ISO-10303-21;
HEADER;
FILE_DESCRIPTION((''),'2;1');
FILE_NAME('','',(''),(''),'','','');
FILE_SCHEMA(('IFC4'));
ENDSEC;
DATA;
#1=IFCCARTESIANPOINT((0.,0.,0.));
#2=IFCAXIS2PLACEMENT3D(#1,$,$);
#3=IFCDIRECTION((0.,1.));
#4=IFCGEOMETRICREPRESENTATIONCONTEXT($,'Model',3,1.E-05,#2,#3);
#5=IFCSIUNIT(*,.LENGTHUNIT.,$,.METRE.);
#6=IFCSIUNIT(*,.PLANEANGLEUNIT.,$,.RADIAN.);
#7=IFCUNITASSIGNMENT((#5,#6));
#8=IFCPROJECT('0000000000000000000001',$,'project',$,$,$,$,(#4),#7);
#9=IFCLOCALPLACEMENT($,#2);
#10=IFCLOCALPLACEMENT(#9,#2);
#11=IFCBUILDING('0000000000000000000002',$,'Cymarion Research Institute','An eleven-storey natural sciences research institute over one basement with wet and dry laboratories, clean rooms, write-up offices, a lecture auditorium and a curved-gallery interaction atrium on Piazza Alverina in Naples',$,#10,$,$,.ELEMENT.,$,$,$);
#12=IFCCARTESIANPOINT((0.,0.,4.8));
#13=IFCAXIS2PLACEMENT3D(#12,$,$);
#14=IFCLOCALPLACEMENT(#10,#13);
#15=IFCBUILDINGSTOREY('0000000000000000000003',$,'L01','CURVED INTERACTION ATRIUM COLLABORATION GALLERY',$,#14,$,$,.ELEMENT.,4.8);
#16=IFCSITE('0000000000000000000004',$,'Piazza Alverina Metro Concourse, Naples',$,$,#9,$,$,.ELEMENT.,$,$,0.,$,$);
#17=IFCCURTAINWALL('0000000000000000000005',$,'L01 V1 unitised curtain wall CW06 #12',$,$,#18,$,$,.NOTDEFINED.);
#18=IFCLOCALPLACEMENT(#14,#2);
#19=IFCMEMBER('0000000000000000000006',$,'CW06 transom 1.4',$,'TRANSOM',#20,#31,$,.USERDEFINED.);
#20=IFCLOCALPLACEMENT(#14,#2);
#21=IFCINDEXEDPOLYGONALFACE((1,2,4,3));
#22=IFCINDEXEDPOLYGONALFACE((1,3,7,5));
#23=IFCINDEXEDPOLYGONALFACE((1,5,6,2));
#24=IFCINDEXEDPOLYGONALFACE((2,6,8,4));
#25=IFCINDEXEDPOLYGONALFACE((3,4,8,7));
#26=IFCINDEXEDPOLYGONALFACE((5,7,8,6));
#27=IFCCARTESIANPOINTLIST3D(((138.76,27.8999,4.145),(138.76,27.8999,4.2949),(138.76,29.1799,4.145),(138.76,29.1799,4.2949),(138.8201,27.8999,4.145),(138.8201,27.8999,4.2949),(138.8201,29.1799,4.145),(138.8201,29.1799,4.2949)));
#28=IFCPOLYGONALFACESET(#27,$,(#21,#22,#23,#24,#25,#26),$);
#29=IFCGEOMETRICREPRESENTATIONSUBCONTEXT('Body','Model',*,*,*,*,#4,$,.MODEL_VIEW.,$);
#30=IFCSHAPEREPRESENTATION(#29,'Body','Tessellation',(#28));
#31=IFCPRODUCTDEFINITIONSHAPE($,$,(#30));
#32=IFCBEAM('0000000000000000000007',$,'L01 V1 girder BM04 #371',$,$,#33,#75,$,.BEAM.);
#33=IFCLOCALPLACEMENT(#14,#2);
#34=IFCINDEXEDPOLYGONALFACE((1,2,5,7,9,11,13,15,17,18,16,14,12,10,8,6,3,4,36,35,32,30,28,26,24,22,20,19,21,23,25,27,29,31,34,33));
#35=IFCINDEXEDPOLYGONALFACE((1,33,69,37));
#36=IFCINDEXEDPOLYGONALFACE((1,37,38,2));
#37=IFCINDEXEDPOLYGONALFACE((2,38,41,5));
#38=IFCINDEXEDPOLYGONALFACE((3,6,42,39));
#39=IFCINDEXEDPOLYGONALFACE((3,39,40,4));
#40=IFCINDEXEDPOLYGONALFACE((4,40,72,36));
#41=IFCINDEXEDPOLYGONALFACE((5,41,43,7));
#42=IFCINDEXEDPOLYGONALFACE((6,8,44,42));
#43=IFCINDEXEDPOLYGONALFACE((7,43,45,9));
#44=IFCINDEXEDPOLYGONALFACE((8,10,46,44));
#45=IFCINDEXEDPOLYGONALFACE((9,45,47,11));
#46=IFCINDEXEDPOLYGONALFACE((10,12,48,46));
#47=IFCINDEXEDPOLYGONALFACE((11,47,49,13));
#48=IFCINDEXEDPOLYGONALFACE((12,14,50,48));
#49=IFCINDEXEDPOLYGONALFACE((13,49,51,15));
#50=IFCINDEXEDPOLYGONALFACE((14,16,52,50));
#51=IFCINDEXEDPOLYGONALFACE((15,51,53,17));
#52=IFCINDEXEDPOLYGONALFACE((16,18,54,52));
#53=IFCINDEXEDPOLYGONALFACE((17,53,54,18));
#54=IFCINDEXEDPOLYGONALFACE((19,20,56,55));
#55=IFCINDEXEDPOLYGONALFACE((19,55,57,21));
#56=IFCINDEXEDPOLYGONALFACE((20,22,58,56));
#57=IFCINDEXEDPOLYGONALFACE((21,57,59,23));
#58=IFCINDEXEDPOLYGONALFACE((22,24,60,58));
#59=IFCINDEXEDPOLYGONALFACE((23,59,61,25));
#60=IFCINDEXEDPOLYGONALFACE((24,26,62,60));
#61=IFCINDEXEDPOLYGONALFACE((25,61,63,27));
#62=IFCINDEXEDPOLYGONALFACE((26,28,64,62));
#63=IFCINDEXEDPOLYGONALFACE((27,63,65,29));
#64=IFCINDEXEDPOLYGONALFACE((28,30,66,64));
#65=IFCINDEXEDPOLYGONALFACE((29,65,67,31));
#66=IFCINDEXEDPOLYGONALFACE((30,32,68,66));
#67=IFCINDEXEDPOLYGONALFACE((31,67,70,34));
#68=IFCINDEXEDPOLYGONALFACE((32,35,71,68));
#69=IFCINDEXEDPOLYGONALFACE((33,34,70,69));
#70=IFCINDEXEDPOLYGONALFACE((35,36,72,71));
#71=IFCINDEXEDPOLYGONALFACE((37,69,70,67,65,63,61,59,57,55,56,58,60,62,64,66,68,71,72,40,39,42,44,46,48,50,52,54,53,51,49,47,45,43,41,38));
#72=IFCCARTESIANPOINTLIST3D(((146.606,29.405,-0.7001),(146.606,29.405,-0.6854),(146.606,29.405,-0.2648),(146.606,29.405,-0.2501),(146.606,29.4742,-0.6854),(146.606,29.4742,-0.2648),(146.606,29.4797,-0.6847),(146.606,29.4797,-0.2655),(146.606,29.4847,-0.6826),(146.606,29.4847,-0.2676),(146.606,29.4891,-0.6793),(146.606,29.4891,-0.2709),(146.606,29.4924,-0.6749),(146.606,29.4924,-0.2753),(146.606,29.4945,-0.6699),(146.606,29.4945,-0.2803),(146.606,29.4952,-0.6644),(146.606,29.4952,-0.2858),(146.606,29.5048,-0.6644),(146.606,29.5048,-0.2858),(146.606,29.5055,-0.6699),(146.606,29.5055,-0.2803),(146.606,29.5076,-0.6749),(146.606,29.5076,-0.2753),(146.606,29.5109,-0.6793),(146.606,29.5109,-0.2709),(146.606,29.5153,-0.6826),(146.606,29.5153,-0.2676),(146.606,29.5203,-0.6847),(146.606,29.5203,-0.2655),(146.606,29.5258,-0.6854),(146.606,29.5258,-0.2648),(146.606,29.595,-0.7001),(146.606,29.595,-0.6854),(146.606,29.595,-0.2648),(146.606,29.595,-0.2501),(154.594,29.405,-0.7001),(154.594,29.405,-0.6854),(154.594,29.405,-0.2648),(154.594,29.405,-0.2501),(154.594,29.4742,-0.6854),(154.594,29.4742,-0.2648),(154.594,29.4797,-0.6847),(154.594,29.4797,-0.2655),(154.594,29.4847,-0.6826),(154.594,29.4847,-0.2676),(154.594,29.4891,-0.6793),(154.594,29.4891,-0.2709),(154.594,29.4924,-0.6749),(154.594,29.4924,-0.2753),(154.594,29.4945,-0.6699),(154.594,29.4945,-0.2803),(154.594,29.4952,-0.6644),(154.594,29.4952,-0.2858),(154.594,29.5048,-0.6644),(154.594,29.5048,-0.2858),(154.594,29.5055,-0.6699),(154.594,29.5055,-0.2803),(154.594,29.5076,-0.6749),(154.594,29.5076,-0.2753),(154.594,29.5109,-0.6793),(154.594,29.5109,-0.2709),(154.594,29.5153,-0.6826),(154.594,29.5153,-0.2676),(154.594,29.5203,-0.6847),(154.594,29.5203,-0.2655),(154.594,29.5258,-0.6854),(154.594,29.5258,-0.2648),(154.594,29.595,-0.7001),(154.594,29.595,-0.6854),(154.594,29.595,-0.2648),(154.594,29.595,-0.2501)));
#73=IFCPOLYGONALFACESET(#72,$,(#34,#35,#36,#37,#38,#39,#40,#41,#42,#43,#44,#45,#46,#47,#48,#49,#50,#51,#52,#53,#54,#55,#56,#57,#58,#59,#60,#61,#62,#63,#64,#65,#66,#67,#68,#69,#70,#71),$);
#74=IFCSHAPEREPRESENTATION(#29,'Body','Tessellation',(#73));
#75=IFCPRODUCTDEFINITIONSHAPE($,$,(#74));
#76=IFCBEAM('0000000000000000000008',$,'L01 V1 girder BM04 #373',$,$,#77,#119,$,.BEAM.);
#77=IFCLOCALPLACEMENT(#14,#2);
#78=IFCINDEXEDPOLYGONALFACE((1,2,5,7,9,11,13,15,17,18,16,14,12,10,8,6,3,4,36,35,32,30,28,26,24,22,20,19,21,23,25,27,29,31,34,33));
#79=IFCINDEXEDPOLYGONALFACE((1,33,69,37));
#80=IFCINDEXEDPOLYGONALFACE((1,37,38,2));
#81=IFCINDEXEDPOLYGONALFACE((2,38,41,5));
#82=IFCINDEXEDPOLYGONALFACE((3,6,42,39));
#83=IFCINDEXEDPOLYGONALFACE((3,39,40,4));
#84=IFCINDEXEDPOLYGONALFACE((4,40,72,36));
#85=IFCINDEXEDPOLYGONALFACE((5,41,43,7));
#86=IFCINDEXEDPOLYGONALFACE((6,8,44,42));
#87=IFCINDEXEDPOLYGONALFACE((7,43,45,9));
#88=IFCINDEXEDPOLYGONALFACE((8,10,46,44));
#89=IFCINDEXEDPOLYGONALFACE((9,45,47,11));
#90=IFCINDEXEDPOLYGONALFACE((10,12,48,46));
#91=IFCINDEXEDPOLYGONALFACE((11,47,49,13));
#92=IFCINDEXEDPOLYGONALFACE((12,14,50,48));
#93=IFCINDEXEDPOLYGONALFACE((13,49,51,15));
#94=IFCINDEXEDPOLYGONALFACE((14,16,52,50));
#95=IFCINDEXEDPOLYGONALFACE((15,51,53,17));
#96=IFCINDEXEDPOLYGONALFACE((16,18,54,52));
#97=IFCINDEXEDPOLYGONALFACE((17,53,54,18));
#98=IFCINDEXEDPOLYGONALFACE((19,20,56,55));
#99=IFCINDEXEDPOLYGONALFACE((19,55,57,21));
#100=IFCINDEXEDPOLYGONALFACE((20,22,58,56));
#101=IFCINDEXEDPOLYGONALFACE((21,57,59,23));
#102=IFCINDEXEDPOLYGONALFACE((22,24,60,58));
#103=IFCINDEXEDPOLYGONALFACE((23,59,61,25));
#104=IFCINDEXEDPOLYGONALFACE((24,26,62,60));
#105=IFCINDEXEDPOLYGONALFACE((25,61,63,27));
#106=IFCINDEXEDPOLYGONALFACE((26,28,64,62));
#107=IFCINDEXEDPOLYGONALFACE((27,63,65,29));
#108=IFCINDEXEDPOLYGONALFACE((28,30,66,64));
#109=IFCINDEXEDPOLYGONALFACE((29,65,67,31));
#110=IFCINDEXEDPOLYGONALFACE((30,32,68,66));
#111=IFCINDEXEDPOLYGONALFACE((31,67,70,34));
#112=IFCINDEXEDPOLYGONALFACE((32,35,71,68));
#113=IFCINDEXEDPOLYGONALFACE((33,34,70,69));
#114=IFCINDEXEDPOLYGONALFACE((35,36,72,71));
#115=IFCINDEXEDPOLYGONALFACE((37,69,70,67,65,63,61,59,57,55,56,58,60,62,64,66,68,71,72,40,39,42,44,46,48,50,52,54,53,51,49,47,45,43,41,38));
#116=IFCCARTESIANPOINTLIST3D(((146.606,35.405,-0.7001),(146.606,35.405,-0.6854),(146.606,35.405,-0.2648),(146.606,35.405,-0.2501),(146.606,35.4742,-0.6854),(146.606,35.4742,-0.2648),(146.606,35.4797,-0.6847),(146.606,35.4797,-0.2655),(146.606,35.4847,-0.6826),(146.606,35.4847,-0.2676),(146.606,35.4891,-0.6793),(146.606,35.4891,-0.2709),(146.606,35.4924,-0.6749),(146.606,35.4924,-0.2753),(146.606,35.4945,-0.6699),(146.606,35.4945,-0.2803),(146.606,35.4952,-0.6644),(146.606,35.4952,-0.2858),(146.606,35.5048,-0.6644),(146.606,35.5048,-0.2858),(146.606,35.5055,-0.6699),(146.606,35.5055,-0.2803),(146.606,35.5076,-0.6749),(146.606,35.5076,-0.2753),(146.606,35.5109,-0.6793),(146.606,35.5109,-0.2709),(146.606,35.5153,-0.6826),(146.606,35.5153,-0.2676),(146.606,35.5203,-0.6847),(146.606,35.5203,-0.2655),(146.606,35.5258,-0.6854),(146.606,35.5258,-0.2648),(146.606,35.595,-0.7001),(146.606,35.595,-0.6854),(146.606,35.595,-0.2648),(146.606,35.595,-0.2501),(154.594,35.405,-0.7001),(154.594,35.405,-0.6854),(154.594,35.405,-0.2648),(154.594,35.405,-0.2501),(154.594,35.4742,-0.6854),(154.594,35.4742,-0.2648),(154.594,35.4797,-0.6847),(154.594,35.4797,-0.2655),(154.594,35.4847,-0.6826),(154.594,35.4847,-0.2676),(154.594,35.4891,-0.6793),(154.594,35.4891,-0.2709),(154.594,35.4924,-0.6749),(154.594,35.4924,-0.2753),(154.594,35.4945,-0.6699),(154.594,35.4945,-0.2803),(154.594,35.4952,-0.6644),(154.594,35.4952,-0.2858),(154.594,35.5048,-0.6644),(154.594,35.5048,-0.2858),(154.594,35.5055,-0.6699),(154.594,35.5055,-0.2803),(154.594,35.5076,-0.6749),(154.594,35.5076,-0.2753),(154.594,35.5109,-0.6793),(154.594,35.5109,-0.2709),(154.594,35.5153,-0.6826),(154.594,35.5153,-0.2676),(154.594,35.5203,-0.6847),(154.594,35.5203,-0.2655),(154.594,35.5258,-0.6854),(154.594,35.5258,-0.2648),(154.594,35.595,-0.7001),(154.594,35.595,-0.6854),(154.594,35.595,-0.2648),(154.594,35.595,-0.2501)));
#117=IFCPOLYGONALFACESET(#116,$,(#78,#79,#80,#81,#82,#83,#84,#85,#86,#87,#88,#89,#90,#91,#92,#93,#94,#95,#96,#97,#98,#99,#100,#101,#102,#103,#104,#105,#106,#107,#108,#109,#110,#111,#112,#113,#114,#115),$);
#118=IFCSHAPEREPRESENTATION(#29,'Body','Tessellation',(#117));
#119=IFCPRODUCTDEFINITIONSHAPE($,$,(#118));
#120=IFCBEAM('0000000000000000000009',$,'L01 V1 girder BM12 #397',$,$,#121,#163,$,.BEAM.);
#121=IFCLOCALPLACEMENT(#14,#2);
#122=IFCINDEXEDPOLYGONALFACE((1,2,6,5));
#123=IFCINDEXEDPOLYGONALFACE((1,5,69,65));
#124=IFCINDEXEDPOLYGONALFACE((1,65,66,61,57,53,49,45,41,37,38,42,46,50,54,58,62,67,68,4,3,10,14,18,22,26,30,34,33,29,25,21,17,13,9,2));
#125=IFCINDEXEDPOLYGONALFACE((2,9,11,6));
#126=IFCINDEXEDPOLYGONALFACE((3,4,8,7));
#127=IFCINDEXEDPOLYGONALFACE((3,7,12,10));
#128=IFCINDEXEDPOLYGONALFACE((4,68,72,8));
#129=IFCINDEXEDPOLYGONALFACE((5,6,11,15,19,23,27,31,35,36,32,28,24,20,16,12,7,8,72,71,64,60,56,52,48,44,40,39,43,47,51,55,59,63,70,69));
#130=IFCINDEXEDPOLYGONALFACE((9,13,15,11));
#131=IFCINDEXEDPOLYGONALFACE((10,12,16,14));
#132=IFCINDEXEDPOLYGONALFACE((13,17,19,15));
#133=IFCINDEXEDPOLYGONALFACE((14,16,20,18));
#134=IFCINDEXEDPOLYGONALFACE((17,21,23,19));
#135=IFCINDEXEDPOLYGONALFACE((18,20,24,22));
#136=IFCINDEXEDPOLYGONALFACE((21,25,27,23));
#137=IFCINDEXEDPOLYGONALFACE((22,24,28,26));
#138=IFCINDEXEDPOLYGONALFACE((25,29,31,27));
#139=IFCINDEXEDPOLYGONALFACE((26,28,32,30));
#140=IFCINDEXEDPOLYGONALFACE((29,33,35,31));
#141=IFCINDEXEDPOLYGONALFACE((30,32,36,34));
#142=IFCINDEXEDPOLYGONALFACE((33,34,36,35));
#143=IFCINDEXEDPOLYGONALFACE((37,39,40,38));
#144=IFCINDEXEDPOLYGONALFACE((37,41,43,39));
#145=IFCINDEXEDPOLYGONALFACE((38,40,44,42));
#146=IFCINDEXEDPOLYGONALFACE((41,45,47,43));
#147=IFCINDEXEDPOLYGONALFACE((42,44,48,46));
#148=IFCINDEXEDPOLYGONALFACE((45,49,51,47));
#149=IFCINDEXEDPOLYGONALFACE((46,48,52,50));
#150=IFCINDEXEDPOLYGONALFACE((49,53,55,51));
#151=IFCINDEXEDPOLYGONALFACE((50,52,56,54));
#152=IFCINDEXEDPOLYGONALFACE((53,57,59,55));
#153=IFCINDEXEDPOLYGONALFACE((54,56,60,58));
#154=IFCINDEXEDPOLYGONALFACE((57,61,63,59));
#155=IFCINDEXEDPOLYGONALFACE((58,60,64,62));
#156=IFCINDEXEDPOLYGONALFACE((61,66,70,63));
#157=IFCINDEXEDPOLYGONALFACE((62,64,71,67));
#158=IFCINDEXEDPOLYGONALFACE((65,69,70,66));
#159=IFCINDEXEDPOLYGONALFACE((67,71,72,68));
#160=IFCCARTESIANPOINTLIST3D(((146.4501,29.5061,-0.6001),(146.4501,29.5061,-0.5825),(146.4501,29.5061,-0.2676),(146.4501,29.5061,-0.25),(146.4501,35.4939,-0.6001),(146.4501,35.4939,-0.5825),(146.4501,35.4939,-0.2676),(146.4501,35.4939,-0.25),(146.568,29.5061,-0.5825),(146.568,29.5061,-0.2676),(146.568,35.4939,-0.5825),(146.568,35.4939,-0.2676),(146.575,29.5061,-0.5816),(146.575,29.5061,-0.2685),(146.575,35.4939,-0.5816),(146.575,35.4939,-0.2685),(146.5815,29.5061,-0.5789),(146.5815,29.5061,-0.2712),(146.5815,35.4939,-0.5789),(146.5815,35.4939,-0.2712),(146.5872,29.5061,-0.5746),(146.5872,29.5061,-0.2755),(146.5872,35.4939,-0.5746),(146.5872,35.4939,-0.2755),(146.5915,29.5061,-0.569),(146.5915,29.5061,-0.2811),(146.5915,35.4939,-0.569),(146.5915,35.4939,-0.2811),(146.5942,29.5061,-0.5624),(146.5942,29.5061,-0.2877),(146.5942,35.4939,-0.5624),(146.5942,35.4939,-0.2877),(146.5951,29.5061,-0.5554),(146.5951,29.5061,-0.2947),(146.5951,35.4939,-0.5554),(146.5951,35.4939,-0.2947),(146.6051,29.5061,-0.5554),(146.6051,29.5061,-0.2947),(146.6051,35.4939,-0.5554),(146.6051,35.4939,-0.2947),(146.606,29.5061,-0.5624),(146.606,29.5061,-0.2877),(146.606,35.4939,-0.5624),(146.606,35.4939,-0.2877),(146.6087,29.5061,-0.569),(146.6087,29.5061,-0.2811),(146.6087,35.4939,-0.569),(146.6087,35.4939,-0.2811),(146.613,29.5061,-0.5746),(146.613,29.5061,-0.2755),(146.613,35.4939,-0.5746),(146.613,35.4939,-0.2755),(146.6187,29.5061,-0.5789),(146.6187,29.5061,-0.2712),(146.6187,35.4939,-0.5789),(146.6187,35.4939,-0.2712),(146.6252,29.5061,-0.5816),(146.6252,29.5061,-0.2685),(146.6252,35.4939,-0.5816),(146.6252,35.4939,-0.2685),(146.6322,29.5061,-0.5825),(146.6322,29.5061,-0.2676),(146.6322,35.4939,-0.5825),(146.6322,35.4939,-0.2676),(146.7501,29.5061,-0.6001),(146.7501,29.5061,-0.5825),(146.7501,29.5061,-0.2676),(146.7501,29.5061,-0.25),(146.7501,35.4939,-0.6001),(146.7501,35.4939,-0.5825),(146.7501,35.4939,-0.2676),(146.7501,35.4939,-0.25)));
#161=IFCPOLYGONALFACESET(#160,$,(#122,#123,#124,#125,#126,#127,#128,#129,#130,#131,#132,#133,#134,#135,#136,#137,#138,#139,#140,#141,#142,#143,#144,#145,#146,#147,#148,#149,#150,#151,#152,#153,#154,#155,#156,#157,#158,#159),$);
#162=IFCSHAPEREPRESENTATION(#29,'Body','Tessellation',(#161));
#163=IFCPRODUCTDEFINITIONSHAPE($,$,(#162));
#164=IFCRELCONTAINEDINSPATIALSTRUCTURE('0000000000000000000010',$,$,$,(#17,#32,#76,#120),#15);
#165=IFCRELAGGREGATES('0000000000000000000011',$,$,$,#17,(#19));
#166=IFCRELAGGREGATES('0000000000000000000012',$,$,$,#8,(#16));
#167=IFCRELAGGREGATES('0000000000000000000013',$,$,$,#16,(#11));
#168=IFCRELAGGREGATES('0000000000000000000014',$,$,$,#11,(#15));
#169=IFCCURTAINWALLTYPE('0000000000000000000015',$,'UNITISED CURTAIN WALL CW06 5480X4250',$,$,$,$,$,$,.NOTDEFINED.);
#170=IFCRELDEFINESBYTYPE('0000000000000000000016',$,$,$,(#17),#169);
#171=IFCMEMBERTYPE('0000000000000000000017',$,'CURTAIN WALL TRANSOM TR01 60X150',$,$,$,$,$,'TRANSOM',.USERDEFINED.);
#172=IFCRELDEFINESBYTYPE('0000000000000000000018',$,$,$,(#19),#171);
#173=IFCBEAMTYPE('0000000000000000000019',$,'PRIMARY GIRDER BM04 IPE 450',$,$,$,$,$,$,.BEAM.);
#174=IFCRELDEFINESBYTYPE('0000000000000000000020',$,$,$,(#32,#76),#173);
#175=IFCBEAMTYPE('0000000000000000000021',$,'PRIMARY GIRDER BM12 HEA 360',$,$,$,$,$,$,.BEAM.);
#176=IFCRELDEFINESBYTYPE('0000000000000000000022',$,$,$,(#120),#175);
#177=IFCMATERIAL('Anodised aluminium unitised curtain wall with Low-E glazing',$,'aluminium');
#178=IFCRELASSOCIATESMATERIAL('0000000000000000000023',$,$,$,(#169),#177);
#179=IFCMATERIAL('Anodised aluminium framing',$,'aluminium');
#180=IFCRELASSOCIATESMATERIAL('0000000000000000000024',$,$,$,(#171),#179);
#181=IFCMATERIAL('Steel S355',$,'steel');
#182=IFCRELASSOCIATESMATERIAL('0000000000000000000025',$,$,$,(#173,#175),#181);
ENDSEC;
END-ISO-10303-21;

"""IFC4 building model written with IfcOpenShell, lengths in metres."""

from ifc_helpers import new_model, si_unit, direction, frame, origin, origin_2d, place, context, subcontext, project, spatial, rectangle, i_section, extrude, material, material_profile, profile_set, type_object, element, aggregate, save


model = new_model("IFC4")

# Units and contexts
model_context = context("Model", 3, precision=1e-05, world=origin(), true_north=direction((0.0, 1.0)))
body_context = subcontext(model_context, "Body", "Model", "MODEL_VIEW")
ifc_project = project(units=[si_unit("LENGTHUNIT", "METRE"), si_unit("PLANEANGLEUNIT", "RADIAN")], contexts=[model_context])

# Site, building, storey
site_placement = place(None, origin())
site = spatial("IfcSite", under=ifc_project, at=site_placement, Name="Piazza Alverina Metro Concourse, Naples", CompositionType="ELEMENT", RefElevation=0.0)
building_placement = place(site_placement, origin())
building = spatial("IfcBuilding", under=site, at=building_placement, Name="Cymarion Research Institute", Description="An eleven-storey natural sciences research institute over one basement with wet and dry laboratories, clean rooms, write-up offices, a lecture auditorium and a curved-gallery interaction atrium on Piazza Alverina in Naples", CompositionType="ELEMENT")
storey_placement = place(building_placement, frame((0.0, 0.0, 4.8)))
storey = spatial("IfcBuildingStorey", under=building, at=storey_placement, Name="L01", Description="CURVED INTERACTION ATRIUM COLLABORATION GALLERY", CompositionType="ELEMENT", Elevation=4.8)

# Shared definitions
ifc_material_1 = material(Name="Steel S355", Category="steel")

# Shared definitions
ifc_material_2 = material(Name="Anodised aluminium unitised curtain wall with Low-E glazing", Category="aluminium")
ifc_material_3 = material(Name="Anodised aluminium framing", Category="aluminium")

# Curtain wall
curtain_wall_type_1 = type_object("IfcCurtainWallType", Name="UNITISED CURTAIN WALL CW06 5480X4250", PredefinedType="NOTDEFINED", material=ifc_material_2)
curtain_wall_1_placement = place(storey_placement, origin())
curtain_wall_1 = element("IfcCurtainWall", 1, at=curtain_wall_1_placement, inside=storey, type_object=curtain_wall_type_1, Name="L01 V1 unitised curtain wall CW06 #12", PredefinedType="NOTDEFINED")

# Member
ifc_material_profile_1 = material_profile(ifc_material_3, rectangle(XDim=0.0601, YDim=0.1499, at=origin_2d()), Name="ALU TRANSOM 60x150")
ifc_profile_set_1 = profile_set([ifc_material_profile_1], Name="Anodised aluminium framing")
member_type_1 = type_object("IfcMemberType", Name="CURTAIN WALL TRANSOM TR01 60X150", ElementType="TRANSOM", PredefinedType="USERDEFINED", material=ifc_profile_set_1)
member_1_placement = place(storey_placement, frame((138.79, 29.1799, 4.22), z_axis=(0.0, -1.0, 0.0), x_axis=(1.0, 0.0, 0.0)))
member_1 = element("IfcMember", 2, at=member_1_placement, type_object=member_type_1, Name="CW06 transom 1.4", ObjectType="TRANSOM", PredefinedType="USERDEFINED", context=body_context, shape_type="SweptSolid", body=[
    extrude(rectangle(XDim=0.0601, YDim=0.1499, at=origin_2d()), origin(), (0.0, 0.0, 1.0), 1.28),
])
aggregate(curtain_wall_1, [member_1])

# Beams
ifc_material_profile_2 = material_profile(ifc_material_1, i_section(OverallWidth=0.1899, OverallDepth=0.45, WebThickness=0.0095, FlangeThickness=0.0146, FilletRadius=0.021, at=origin_2d()), Name="IPE 450")
ifc_profile_set_2 = profile_set([ifc_material_profile_2], Name="Steel S355")
beam_type_1 = type_object("IfcBeamType", Name="PRIMARY GIRDER BM04 IPE 450", PredefinedType="BEAM", material=ifc_profile_set_2)
for number, where, z_axis, x_axis, name in (
    (3, (146.606, 29.5, -0.4751), (1.0, 0.0, 0.0), (0.0, 1.0, 0.0), "L01 V1 girder BM04 #371"),
    (4, (146.606, 35.5, -0.4751), (1.0, 0.0, 0.0), (0.0, 1.0, 0.0), "L01 V1 girder BM04 #373"),
):
    element("IfcBeam", number, at=place(storey_placement, frame(where, z_axis=z_axis, x_axis=x_axis)), inside=storey, type_object=beam_type_1, Name=name, PredefinedType="BEAM", context=body_context, shape_type="SweptSolid", body=[
        extrude(i_section(OverallWidth=0.1899, OverallDepth=0.45, WebThickness=0.0095, FlangeThickness=0.0146, FilletRadius=0.021, at=origin_2d()), origin(), (0.0, 0.0, 1.0), 7.988),
    ])
ifc_material_profile_3 = material_profile(ifc_material_1, i_section(OverallWidth=0.3, OverallDepth=0.3501, WebThickness=0.01, FlangeThickness=0.0176, FilletRadius=0.0271, at=origin_2d()), Name="HEA 360")
ifc_profile_set_3 = profile_set([ifc_material_profile_3], Name="Steel S355")
beam_type_2 = type_object("IfcBeamType", Name="PRIMARY GIRDER BM12 HEA 360", PredefinedType="BEAM", material=ifc_profile_set_3)
for number, where, z_axis, x_axis, name in (
    (5, (146.6001, 29.5061, -0.425), (0.0, 1.0, 0.0), (-1.0, 0.0, 0.0), "L01 V1 girder BM12 #397"),
):
    element("IfcBeam", number, at=place(storey_placement, frame(where, z_axis=z_axis, x_axis=x_axis)), inside=storey, type_object=beam_type_2, Name=name, PredefinedType="BEAM", context=body_context, shape_type="SweptSolid", body=[
        extrude(i_section(OverallWidth=0.3, OverallDepth=0.3501, WebThickness=0.01, FlangeThickness=0.0176, FilletRadius=0.0271, at=origin_2d()), origin(), (0.0, 0.0, 1.0), 5.9878),
    ])

save(model, "model.ifc")
